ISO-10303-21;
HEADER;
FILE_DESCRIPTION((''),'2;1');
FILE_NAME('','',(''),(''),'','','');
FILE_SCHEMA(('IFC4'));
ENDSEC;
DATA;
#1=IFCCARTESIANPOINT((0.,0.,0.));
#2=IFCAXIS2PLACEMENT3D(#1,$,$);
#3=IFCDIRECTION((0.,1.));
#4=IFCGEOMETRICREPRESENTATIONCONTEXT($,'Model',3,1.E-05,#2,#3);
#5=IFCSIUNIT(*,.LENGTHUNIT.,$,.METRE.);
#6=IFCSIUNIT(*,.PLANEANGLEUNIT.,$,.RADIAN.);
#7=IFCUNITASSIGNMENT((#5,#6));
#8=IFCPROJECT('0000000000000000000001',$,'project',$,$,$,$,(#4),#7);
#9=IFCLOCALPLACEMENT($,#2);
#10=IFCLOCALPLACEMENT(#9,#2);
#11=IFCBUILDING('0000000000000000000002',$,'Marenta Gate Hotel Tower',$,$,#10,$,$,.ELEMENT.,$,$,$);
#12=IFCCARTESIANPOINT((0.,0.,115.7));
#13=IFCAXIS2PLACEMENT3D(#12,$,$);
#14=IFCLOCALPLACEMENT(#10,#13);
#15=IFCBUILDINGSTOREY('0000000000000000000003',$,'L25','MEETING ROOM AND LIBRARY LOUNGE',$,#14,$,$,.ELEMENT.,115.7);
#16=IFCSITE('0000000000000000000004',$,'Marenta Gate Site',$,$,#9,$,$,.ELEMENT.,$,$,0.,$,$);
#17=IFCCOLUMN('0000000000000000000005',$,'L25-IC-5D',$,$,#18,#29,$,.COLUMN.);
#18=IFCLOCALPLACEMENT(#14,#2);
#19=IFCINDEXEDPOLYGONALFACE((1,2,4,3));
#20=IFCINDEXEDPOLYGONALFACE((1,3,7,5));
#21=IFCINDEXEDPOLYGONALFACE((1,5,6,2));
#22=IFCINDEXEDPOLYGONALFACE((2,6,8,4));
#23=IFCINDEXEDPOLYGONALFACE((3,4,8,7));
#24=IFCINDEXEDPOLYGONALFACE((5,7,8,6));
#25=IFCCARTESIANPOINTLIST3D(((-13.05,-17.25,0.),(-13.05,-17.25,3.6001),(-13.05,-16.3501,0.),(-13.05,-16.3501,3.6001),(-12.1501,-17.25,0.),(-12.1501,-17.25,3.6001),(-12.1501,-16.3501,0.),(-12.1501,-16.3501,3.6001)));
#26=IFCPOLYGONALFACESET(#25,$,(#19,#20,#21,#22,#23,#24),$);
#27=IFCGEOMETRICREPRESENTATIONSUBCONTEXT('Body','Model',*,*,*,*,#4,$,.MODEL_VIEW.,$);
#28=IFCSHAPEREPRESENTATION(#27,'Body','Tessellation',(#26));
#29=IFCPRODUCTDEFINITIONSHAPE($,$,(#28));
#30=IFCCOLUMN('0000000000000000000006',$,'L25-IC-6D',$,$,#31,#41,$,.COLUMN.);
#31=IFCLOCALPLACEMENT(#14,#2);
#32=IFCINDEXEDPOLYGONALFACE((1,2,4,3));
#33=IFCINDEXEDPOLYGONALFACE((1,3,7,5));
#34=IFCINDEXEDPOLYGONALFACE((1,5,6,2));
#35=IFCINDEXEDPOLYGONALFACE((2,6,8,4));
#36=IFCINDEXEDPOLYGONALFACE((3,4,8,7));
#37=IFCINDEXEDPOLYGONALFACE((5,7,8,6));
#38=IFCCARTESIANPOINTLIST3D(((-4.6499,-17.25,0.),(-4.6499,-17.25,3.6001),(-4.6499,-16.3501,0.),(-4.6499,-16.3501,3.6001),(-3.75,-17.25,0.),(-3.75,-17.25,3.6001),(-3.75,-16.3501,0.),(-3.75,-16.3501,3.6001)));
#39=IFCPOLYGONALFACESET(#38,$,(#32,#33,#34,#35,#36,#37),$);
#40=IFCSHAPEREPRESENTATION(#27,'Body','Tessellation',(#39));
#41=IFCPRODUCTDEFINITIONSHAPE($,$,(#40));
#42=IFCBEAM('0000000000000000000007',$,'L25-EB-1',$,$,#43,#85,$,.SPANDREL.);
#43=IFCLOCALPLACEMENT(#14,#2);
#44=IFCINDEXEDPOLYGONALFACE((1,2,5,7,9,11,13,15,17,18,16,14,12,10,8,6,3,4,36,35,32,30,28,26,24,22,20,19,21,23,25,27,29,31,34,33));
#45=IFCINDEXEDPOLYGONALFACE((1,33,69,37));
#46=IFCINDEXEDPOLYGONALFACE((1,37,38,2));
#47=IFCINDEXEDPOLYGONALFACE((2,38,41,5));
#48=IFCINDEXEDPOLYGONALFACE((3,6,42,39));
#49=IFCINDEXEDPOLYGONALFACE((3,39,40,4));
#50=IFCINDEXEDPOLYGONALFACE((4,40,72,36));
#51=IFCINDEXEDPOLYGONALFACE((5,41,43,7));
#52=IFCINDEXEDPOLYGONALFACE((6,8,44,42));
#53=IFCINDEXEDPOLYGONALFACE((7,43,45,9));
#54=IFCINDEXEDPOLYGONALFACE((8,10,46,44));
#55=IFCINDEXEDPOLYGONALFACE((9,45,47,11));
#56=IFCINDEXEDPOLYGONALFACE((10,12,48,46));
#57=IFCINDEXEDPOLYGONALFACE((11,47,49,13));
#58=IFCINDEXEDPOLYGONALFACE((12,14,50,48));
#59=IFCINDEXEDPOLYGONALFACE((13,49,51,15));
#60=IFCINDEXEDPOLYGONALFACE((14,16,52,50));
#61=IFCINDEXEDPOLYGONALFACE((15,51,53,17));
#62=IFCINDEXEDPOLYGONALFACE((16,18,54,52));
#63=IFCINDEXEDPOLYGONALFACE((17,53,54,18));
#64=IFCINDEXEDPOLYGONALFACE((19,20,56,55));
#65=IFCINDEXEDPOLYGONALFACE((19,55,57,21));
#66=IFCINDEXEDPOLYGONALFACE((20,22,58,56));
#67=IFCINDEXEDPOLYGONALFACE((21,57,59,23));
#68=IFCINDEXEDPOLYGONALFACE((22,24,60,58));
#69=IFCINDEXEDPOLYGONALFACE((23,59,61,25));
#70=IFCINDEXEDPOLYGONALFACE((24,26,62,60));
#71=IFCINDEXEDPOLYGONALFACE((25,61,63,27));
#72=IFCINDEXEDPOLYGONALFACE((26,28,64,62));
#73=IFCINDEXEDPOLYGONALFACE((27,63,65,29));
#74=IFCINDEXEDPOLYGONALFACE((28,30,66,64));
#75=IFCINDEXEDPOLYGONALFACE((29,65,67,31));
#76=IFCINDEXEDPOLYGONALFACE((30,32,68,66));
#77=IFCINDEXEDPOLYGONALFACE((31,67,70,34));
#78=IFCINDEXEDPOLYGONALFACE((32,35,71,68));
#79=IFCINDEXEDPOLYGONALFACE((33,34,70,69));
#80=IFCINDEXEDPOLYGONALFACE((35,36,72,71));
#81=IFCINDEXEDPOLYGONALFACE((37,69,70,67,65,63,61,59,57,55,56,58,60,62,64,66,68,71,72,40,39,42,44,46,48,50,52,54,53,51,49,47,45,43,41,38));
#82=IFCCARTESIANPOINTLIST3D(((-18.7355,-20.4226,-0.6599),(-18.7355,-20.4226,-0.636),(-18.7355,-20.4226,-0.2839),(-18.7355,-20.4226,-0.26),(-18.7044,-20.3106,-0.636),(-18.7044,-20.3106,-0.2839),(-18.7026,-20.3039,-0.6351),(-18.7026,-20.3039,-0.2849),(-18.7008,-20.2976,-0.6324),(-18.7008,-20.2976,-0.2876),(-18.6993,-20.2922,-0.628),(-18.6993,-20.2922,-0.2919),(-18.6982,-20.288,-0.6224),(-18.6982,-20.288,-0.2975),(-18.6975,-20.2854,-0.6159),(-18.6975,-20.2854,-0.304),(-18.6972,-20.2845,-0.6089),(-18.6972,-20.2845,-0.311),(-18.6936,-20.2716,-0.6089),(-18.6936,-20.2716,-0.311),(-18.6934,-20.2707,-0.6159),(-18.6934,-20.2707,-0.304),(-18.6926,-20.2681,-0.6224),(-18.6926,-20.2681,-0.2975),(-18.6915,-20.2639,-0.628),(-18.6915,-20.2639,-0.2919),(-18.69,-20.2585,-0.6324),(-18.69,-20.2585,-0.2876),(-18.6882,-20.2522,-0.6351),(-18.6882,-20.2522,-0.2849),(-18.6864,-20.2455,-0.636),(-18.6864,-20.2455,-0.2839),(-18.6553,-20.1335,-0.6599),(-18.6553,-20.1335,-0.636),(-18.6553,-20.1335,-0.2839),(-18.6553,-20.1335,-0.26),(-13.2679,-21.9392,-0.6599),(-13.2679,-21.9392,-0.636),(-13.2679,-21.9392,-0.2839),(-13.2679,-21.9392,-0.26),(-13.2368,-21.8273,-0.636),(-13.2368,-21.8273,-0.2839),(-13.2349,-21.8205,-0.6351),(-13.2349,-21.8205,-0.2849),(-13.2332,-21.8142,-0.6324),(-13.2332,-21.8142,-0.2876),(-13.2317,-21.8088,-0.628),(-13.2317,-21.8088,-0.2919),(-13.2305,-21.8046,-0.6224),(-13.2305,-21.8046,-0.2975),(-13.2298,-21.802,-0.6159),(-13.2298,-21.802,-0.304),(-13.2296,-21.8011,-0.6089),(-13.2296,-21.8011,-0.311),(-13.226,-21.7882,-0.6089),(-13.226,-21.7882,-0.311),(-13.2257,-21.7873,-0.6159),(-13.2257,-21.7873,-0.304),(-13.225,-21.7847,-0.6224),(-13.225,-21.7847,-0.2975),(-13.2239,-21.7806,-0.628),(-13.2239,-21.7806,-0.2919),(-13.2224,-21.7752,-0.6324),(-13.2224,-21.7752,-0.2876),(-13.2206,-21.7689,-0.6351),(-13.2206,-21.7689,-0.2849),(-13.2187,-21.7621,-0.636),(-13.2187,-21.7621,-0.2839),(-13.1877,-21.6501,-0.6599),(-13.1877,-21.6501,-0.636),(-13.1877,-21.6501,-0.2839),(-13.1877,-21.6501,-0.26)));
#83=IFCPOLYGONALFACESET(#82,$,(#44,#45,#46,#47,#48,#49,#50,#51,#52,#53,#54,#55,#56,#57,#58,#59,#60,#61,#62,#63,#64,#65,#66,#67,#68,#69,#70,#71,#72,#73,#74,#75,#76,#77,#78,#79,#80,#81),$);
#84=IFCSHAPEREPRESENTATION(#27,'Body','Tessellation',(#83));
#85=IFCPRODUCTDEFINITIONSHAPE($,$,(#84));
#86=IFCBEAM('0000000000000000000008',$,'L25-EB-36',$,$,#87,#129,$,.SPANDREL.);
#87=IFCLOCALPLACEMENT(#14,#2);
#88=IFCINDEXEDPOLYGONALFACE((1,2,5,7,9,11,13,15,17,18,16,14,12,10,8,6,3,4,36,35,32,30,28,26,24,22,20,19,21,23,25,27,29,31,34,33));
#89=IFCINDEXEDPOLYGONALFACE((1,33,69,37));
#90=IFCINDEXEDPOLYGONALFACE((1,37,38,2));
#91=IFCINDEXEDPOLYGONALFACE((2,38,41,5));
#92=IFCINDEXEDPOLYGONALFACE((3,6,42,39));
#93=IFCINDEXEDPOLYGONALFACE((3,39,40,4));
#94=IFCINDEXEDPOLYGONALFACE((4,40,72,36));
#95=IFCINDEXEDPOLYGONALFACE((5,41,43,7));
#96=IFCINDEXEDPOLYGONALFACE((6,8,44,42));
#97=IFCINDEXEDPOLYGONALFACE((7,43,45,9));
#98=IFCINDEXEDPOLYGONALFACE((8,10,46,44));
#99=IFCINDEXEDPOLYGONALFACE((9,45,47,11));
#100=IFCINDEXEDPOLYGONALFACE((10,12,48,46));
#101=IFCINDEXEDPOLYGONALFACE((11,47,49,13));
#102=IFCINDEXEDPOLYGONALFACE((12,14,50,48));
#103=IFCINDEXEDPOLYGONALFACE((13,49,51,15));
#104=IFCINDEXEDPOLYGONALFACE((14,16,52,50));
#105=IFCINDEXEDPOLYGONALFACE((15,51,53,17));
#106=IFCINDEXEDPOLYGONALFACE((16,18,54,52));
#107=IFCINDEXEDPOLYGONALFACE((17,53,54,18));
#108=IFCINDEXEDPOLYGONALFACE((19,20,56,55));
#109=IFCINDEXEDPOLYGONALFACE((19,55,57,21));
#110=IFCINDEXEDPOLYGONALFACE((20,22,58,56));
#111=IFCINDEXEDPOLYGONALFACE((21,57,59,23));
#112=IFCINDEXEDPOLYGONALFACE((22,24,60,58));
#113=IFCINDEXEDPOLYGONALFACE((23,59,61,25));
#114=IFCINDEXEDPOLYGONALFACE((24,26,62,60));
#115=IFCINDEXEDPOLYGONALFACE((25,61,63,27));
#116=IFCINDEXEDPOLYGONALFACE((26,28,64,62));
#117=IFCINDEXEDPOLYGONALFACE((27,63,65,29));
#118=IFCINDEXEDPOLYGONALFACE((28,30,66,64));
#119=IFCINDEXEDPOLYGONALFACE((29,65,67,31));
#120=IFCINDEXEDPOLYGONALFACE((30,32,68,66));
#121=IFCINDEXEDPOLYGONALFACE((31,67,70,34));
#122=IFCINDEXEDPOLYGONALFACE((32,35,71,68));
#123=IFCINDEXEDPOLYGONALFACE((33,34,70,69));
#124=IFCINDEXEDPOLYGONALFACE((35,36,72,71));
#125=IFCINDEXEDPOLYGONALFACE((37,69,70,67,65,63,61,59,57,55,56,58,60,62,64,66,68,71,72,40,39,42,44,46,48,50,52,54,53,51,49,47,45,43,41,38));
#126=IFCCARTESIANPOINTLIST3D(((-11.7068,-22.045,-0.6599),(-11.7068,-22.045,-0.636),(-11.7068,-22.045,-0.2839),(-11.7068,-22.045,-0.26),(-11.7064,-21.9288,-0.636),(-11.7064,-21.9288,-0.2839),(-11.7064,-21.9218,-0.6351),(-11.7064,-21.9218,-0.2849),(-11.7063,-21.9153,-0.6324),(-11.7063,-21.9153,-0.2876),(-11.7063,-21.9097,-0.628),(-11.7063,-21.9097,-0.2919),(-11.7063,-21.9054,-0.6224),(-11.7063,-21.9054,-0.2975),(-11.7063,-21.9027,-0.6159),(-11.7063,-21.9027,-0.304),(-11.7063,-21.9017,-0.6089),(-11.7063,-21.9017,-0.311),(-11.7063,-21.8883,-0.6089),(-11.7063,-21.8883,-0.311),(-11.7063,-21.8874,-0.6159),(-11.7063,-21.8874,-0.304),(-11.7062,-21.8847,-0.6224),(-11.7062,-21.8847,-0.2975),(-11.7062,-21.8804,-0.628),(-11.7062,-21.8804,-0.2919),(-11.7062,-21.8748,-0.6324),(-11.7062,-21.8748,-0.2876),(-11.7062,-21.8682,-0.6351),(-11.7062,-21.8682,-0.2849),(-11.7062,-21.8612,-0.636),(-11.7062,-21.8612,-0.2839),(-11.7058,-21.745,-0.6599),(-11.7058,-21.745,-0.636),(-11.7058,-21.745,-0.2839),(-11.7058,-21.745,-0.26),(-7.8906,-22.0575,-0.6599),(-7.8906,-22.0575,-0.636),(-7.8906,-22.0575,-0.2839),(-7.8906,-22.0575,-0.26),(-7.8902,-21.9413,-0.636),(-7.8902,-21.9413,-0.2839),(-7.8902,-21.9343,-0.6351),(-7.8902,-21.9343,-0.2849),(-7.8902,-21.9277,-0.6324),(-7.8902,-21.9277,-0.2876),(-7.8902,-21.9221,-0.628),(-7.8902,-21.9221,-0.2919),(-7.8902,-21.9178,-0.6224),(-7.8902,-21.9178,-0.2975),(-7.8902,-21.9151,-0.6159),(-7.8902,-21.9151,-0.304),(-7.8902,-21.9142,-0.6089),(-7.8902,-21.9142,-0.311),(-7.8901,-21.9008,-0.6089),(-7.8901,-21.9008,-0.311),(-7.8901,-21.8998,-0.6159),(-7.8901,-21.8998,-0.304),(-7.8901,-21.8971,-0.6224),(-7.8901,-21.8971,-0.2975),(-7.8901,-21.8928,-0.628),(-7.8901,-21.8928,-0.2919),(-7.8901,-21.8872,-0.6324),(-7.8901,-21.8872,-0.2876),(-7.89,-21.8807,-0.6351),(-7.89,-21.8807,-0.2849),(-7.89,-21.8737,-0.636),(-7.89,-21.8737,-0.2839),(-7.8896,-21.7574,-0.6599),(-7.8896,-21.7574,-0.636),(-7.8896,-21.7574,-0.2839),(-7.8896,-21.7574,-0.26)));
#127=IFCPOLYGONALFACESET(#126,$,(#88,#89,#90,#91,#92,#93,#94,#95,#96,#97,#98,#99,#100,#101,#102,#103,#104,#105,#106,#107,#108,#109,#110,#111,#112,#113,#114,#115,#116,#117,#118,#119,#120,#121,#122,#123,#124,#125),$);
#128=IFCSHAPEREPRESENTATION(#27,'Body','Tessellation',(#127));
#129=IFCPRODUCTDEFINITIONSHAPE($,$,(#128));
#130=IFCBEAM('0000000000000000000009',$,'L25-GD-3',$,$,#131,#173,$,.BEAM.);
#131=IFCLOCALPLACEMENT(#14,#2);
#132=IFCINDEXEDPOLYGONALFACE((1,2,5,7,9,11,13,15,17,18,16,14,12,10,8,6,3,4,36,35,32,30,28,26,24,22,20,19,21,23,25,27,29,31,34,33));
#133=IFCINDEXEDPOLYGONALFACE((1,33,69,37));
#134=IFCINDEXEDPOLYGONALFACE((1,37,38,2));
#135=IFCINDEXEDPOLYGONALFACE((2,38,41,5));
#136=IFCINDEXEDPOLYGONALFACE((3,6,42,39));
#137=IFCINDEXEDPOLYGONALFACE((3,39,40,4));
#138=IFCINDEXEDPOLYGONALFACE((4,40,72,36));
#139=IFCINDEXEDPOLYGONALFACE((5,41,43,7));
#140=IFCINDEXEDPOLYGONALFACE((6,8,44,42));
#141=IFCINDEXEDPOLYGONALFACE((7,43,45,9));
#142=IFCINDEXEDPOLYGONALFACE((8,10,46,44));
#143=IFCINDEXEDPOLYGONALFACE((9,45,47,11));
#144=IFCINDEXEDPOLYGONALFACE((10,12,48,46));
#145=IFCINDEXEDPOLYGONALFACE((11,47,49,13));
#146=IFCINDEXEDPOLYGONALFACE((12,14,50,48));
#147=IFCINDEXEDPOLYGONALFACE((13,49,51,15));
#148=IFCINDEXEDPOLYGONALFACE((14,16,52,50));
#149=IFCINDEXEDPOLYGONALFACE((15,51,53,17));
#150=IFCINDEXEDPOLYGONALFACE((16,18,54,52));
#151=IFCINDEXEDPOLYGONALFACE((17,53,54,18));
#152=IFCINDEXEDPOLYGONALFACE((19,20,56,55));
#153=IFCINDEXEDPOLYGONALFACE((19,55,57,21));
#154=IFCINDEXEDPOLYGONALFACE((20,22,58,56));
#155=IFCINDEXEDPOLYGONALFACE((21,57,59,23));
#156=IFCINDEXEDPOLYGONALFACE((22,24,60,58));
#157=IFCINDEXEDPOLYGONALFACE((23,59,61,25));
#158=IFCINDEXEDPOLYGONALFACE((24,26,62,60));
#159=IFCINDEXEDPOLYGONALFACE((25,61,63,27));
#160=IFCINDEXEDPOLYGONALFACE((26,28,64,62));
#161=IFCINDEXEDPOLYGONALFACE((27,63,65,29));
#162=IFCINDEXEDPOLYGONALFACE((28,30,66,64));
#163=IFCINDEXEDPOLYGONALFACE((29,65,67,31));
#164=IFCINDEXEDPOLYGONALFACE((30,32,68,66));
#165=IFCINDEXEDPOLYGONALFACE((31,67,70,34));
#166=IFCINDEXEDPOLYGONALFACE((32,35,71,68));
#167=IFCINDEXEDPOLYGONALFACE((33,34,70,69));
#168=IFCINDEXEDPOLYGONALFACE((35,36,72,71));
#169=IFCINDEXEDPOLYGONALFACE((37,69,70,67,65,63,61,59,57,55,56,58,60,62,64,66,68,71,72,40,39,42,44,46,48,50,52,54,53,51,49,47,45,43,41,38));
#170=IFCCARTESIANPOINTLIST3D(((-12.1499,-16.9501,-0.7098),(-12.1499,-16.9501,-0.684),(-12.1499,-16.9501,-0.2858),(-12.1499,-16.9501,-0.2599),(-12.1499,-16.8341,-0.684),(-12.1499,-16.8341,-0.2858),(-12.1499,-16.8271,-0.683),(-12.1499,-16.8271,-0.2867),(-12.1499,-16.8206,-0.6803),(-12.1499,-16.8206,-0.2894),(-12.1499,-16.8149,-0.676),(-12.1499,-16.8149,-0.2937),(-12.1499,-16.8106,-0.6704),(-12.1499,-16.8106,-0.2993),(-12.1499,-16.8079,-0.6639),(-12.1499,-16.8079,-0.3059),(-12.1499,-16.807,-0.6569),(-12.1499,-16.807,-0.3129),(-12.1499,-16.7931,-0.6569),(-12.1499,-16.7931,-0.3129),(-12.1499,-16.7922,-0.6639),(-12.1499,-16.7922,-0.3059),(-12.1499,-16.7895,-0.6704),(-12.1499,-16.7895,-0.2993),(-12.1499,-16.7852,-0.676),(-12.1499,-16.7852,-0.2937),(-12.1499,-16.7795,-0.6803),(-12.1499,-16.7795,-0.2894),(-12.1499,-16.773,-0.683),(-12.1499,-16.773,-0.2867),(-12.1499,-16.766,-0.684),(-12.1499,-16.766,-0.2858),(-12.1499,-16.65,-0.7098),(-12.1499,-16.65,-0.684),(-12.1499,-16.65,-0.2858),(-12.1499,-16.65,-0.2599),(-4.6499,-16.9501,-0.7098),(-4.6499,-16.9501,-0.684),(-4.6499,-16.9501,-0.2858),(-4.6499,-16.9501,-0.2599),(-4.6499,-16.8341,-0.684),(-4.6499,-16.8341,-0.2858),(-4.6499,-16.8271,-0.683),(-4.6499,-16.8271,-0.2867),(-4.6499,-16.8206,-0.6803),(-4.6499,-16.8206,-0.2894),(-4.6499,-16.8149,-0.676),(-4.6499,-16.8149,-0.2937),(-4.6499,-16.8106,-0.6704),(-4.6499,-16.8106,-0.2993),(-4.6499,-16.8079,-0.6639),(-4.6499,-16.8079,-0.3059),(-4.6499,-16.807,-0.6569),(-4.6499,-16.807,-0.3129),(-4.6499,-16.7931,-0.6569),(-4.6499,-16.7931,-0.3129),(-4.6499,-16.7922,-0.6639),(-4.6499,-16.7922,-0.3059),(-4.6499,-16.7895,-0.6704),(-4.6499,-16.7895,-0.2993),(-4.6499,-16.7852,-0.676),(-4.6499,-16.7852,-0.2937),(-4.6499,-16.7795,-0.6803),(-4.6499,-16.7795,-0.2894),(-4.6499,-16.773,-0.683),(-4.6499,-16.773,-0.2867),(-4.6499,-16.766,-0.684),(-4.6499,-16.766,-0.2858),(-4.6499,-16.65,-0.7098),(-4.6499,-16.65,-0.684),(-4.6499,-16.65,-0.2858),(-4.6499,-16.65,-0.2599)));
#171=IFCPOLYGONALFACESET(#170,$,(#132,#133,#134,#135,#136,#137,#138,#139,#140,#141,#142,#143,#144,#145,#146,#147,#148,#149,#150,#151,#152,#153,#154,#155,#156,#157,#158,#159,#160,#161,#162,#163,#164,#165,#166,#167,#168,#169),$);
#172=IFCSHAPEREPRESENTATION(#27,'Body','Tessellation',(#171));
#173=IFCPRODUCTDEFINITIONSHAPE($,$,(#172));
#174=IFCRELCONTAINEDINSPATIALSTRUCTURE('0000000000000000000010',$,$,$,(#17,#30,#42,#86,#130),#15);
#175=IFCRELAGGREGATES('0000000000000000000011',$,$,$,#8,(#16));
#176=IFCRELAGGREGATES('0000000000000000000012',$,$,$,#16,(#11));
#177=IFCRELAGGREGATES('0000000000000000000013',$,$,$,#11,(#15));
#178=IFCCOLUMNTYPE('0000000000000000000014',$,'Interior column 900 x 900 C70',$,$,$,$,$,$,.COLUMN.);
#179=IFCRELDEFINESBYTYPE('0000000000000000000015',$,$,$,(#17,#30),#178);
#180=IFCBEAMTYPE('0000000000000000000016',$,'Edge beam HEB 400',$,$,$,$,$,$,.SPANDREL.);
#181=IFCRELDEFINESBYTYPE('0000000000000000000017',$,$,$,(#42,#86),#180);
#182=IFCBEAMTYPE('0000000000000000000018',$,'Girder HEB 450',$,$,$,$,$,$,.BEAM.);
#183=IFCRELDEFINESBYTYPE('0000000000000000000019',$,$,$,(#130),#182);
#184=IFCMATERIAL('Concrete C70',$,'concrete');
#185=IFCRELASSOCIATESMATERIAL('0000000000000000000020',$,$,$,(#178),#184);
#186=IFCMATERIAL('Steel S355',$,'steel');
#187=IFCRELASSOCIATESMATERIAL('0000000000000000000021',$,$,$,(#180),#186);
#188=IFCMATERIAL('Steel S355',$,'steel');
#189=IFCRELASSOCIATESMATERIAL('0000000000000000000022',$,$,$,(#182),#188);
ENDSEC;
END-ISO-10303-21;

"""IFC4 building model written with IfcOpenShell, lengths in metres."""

from ifc_helpers import new_model, si_unit, direction, frame, origin, origin_2d, place, context, subcontext, project, spatial, rectangle, i_section, extrude, material, material_profile, profile_set, type_object, element, save


model = new_model("IFC4")

# Units and contexts
model_context = context("Model", 3, precision=1e-05, world=origin(), true_north=direction((0.0, 1.0)))
body_context = subcontext(model_context, "Body", "Model", "MODEL_VIEW")
ifc_project = project(units=[si_unit("LENGTHUNIT", "METRE"), si_unit("PLANEANGLEUNIT", "RADIAN")], contexts=[model_context])

# Site, building, storey
site_placement = place(None, origin())
site = spatial("IfcSite", under=ifc_project, at=site_placement, Name="Marenta Gate Site", CompositionType="ELEMENT", RefElevation=0.0)
building_placement = place(site_placement, origin())
building = spatial("IfcBuilding", under=site, at=building_placement, Name="Marenta Gate Hotel Tower", CompositionType="ELEMENT")
storey_placement = place(building_placement, frame((0.0, 0.0, 115.7)))
storey = spatial("IfcBuildingStorey", under=building, at=storey_placement, Name="L25", Description="MEETING ROOM AND LIBRARY LOUNGE", CompositionType="ELEMENT", Elevation=115.7)

# Columns
ifc_material_1 = material(Name="Concrete C70", Category="concrete")
ifc_material_profile_1 = material_profile(ifc_material_1, rectangle(XDim=0.8999, YDim=0.8999, at=origin_2d()), Name="900 x 900")
ifc_profile_set_1 = profile_set([ifc_material_profile_1], Name="Concrete C70")
column_type = type_object("IfcColumnType", Name="Interior column 900 x 900 C70", PredefinedType="COLUMN", material=ifc_profile_set_1)
for number, where, z_axis, x_axis, name in (
    (1, (-12.6001, -16.8, 0.0), (0.0, 0.0, 1.0), (1.0, 0.0, 0.0), "L25-IC-5D"),
    (2, (-4.2, -16.8, 0.0), (0.0, 0.0, 1.0), (1.0, 0.0, 0.0), "L25-IC-6D"),
):
    element("IfcColumn", number, at=place(storey_placement, frame(where, z_axis=z_axis, x_axis=x_axis)), inside=storey, type_object=column_type, Name=name, PredefinedType="COLUMN", context=body_context, shape_type="SweptSolid", body=[
        extrude(rectangle(XDim=0.8999, YDim=0.8999, at=origin_2d()), origin(), (0.0, 0.0, 1.0), 3.6001),
    ])

# Beams
ifc_material_2 = material(Name="Steel S355", Category="steel")
ifc_material_profile_2 = material_profile(ifc_material_2, i_section(OverallWidth=0.3, OverallDepth=0.3999, WebThickness=0.0134, FlangeThickness=0.0239, FilletRadius=0.0271, at=origin_2d()), Name="HEB 400")
ifc_profile_set_2 = profile_set([ifc_material_profile_2], Name="Steel S355")
beam_type_1 = type_object("IfcBeamType", Name="Edge beam HEB 400", PredefinedType="SPANDREL", material=ifc_profile_set_2)
beam_1_placement = place(storey_placement, frame((-13.2278, -21.7947, -0.46), z_axis=(-0.963616, 0.267291, 0.0), x_axis=(-0.267291, -0.963616, 0.0)))
element("IfcBeam", 3, at=beam_1_placement, inside=storey, type_object=beam_type_1, Name="L25-EB-1", PredefinedType="SPANDREL", context=body_context, shape_type="SweptSolid", body=[
    extrude(i_section(OverallWidth=0.3, OverallDepth=0.3999, WebThickness=0.0134, FlangeThickness=0.0239, FilletRadius=0.0271, at=origin_2d()), origin(), (0.0, 0.0, 1.0), 5.6741),
])
beam_2_placement = place(storey_placement, frame((-7.8901, -21.9075, -0.46), z_axis=(-0.999995, 0.003263, 0.0), x_axis=(-0.003263, -0.999995, 0.0)))
element("IfcBeam", 4, at=beam_2_placement, inside=storey, type_object=beam_type_1, Name="L25-EB-36", PredefinedType="SPANDREL", context=body_context, shape_type="SweptSolid", body=[
    extrude(i_section(OverallWidth=0.3, OverallDepth=0.3999, WebThickness=0.0134, FlangeThickness=0.0239, FilletRadius=0.0271, at=origin_2d()), origin(), (0.0, 0.0, 1.0), 3.8162),
])
ifc_material_3 = material(Name="Steel S355", Category="steel")
ifc_material_profile_3 = material_profile(ifc_material_3, i_section(OverallWidth=0.3, OverallDepth=0.45, WebThickness=0.0139, FlangeThickness=0.0259, FilletRadius=0.0271, at=origin_2d()), Name="HEB 450")
ifc_profile_set_3 = profile_set([ifc_material_profile_3], Name="Steel S355")
beam_type_2 = type_object("IfcBeamType", Name="Girder HEB 450", PredefinedType="BEAM", material=ifc_profile_set_3)
for number, where, z_axis, x_axis, name in (
    (5, (-12.1499, -16.8, -0.4849), (1.0, 0.0, 0.0), (0.0, 1.0, 0.0), "L25-GD-3"),
):
    element("IfcBeam", number, at=place(storey_placement, frame(where, z_axis=z_axis, x_axis=x_axis)), inside=storey, type_object=beam_type_2, Name=name, PredefinedType="BEAM", context=body_context, shape_type="SweptSolid", body=[
        extrude(i_section(OverallWidth=0.3, OverallDepth=0.45, WebThickness=0.0139, FlangeThickness=0.0259, FilletRadius=0.0271, at=origin_2d()), origin(), (0.0, 0.0, 1.0), 7.5),
    ])

save(model, "model.ifc")
